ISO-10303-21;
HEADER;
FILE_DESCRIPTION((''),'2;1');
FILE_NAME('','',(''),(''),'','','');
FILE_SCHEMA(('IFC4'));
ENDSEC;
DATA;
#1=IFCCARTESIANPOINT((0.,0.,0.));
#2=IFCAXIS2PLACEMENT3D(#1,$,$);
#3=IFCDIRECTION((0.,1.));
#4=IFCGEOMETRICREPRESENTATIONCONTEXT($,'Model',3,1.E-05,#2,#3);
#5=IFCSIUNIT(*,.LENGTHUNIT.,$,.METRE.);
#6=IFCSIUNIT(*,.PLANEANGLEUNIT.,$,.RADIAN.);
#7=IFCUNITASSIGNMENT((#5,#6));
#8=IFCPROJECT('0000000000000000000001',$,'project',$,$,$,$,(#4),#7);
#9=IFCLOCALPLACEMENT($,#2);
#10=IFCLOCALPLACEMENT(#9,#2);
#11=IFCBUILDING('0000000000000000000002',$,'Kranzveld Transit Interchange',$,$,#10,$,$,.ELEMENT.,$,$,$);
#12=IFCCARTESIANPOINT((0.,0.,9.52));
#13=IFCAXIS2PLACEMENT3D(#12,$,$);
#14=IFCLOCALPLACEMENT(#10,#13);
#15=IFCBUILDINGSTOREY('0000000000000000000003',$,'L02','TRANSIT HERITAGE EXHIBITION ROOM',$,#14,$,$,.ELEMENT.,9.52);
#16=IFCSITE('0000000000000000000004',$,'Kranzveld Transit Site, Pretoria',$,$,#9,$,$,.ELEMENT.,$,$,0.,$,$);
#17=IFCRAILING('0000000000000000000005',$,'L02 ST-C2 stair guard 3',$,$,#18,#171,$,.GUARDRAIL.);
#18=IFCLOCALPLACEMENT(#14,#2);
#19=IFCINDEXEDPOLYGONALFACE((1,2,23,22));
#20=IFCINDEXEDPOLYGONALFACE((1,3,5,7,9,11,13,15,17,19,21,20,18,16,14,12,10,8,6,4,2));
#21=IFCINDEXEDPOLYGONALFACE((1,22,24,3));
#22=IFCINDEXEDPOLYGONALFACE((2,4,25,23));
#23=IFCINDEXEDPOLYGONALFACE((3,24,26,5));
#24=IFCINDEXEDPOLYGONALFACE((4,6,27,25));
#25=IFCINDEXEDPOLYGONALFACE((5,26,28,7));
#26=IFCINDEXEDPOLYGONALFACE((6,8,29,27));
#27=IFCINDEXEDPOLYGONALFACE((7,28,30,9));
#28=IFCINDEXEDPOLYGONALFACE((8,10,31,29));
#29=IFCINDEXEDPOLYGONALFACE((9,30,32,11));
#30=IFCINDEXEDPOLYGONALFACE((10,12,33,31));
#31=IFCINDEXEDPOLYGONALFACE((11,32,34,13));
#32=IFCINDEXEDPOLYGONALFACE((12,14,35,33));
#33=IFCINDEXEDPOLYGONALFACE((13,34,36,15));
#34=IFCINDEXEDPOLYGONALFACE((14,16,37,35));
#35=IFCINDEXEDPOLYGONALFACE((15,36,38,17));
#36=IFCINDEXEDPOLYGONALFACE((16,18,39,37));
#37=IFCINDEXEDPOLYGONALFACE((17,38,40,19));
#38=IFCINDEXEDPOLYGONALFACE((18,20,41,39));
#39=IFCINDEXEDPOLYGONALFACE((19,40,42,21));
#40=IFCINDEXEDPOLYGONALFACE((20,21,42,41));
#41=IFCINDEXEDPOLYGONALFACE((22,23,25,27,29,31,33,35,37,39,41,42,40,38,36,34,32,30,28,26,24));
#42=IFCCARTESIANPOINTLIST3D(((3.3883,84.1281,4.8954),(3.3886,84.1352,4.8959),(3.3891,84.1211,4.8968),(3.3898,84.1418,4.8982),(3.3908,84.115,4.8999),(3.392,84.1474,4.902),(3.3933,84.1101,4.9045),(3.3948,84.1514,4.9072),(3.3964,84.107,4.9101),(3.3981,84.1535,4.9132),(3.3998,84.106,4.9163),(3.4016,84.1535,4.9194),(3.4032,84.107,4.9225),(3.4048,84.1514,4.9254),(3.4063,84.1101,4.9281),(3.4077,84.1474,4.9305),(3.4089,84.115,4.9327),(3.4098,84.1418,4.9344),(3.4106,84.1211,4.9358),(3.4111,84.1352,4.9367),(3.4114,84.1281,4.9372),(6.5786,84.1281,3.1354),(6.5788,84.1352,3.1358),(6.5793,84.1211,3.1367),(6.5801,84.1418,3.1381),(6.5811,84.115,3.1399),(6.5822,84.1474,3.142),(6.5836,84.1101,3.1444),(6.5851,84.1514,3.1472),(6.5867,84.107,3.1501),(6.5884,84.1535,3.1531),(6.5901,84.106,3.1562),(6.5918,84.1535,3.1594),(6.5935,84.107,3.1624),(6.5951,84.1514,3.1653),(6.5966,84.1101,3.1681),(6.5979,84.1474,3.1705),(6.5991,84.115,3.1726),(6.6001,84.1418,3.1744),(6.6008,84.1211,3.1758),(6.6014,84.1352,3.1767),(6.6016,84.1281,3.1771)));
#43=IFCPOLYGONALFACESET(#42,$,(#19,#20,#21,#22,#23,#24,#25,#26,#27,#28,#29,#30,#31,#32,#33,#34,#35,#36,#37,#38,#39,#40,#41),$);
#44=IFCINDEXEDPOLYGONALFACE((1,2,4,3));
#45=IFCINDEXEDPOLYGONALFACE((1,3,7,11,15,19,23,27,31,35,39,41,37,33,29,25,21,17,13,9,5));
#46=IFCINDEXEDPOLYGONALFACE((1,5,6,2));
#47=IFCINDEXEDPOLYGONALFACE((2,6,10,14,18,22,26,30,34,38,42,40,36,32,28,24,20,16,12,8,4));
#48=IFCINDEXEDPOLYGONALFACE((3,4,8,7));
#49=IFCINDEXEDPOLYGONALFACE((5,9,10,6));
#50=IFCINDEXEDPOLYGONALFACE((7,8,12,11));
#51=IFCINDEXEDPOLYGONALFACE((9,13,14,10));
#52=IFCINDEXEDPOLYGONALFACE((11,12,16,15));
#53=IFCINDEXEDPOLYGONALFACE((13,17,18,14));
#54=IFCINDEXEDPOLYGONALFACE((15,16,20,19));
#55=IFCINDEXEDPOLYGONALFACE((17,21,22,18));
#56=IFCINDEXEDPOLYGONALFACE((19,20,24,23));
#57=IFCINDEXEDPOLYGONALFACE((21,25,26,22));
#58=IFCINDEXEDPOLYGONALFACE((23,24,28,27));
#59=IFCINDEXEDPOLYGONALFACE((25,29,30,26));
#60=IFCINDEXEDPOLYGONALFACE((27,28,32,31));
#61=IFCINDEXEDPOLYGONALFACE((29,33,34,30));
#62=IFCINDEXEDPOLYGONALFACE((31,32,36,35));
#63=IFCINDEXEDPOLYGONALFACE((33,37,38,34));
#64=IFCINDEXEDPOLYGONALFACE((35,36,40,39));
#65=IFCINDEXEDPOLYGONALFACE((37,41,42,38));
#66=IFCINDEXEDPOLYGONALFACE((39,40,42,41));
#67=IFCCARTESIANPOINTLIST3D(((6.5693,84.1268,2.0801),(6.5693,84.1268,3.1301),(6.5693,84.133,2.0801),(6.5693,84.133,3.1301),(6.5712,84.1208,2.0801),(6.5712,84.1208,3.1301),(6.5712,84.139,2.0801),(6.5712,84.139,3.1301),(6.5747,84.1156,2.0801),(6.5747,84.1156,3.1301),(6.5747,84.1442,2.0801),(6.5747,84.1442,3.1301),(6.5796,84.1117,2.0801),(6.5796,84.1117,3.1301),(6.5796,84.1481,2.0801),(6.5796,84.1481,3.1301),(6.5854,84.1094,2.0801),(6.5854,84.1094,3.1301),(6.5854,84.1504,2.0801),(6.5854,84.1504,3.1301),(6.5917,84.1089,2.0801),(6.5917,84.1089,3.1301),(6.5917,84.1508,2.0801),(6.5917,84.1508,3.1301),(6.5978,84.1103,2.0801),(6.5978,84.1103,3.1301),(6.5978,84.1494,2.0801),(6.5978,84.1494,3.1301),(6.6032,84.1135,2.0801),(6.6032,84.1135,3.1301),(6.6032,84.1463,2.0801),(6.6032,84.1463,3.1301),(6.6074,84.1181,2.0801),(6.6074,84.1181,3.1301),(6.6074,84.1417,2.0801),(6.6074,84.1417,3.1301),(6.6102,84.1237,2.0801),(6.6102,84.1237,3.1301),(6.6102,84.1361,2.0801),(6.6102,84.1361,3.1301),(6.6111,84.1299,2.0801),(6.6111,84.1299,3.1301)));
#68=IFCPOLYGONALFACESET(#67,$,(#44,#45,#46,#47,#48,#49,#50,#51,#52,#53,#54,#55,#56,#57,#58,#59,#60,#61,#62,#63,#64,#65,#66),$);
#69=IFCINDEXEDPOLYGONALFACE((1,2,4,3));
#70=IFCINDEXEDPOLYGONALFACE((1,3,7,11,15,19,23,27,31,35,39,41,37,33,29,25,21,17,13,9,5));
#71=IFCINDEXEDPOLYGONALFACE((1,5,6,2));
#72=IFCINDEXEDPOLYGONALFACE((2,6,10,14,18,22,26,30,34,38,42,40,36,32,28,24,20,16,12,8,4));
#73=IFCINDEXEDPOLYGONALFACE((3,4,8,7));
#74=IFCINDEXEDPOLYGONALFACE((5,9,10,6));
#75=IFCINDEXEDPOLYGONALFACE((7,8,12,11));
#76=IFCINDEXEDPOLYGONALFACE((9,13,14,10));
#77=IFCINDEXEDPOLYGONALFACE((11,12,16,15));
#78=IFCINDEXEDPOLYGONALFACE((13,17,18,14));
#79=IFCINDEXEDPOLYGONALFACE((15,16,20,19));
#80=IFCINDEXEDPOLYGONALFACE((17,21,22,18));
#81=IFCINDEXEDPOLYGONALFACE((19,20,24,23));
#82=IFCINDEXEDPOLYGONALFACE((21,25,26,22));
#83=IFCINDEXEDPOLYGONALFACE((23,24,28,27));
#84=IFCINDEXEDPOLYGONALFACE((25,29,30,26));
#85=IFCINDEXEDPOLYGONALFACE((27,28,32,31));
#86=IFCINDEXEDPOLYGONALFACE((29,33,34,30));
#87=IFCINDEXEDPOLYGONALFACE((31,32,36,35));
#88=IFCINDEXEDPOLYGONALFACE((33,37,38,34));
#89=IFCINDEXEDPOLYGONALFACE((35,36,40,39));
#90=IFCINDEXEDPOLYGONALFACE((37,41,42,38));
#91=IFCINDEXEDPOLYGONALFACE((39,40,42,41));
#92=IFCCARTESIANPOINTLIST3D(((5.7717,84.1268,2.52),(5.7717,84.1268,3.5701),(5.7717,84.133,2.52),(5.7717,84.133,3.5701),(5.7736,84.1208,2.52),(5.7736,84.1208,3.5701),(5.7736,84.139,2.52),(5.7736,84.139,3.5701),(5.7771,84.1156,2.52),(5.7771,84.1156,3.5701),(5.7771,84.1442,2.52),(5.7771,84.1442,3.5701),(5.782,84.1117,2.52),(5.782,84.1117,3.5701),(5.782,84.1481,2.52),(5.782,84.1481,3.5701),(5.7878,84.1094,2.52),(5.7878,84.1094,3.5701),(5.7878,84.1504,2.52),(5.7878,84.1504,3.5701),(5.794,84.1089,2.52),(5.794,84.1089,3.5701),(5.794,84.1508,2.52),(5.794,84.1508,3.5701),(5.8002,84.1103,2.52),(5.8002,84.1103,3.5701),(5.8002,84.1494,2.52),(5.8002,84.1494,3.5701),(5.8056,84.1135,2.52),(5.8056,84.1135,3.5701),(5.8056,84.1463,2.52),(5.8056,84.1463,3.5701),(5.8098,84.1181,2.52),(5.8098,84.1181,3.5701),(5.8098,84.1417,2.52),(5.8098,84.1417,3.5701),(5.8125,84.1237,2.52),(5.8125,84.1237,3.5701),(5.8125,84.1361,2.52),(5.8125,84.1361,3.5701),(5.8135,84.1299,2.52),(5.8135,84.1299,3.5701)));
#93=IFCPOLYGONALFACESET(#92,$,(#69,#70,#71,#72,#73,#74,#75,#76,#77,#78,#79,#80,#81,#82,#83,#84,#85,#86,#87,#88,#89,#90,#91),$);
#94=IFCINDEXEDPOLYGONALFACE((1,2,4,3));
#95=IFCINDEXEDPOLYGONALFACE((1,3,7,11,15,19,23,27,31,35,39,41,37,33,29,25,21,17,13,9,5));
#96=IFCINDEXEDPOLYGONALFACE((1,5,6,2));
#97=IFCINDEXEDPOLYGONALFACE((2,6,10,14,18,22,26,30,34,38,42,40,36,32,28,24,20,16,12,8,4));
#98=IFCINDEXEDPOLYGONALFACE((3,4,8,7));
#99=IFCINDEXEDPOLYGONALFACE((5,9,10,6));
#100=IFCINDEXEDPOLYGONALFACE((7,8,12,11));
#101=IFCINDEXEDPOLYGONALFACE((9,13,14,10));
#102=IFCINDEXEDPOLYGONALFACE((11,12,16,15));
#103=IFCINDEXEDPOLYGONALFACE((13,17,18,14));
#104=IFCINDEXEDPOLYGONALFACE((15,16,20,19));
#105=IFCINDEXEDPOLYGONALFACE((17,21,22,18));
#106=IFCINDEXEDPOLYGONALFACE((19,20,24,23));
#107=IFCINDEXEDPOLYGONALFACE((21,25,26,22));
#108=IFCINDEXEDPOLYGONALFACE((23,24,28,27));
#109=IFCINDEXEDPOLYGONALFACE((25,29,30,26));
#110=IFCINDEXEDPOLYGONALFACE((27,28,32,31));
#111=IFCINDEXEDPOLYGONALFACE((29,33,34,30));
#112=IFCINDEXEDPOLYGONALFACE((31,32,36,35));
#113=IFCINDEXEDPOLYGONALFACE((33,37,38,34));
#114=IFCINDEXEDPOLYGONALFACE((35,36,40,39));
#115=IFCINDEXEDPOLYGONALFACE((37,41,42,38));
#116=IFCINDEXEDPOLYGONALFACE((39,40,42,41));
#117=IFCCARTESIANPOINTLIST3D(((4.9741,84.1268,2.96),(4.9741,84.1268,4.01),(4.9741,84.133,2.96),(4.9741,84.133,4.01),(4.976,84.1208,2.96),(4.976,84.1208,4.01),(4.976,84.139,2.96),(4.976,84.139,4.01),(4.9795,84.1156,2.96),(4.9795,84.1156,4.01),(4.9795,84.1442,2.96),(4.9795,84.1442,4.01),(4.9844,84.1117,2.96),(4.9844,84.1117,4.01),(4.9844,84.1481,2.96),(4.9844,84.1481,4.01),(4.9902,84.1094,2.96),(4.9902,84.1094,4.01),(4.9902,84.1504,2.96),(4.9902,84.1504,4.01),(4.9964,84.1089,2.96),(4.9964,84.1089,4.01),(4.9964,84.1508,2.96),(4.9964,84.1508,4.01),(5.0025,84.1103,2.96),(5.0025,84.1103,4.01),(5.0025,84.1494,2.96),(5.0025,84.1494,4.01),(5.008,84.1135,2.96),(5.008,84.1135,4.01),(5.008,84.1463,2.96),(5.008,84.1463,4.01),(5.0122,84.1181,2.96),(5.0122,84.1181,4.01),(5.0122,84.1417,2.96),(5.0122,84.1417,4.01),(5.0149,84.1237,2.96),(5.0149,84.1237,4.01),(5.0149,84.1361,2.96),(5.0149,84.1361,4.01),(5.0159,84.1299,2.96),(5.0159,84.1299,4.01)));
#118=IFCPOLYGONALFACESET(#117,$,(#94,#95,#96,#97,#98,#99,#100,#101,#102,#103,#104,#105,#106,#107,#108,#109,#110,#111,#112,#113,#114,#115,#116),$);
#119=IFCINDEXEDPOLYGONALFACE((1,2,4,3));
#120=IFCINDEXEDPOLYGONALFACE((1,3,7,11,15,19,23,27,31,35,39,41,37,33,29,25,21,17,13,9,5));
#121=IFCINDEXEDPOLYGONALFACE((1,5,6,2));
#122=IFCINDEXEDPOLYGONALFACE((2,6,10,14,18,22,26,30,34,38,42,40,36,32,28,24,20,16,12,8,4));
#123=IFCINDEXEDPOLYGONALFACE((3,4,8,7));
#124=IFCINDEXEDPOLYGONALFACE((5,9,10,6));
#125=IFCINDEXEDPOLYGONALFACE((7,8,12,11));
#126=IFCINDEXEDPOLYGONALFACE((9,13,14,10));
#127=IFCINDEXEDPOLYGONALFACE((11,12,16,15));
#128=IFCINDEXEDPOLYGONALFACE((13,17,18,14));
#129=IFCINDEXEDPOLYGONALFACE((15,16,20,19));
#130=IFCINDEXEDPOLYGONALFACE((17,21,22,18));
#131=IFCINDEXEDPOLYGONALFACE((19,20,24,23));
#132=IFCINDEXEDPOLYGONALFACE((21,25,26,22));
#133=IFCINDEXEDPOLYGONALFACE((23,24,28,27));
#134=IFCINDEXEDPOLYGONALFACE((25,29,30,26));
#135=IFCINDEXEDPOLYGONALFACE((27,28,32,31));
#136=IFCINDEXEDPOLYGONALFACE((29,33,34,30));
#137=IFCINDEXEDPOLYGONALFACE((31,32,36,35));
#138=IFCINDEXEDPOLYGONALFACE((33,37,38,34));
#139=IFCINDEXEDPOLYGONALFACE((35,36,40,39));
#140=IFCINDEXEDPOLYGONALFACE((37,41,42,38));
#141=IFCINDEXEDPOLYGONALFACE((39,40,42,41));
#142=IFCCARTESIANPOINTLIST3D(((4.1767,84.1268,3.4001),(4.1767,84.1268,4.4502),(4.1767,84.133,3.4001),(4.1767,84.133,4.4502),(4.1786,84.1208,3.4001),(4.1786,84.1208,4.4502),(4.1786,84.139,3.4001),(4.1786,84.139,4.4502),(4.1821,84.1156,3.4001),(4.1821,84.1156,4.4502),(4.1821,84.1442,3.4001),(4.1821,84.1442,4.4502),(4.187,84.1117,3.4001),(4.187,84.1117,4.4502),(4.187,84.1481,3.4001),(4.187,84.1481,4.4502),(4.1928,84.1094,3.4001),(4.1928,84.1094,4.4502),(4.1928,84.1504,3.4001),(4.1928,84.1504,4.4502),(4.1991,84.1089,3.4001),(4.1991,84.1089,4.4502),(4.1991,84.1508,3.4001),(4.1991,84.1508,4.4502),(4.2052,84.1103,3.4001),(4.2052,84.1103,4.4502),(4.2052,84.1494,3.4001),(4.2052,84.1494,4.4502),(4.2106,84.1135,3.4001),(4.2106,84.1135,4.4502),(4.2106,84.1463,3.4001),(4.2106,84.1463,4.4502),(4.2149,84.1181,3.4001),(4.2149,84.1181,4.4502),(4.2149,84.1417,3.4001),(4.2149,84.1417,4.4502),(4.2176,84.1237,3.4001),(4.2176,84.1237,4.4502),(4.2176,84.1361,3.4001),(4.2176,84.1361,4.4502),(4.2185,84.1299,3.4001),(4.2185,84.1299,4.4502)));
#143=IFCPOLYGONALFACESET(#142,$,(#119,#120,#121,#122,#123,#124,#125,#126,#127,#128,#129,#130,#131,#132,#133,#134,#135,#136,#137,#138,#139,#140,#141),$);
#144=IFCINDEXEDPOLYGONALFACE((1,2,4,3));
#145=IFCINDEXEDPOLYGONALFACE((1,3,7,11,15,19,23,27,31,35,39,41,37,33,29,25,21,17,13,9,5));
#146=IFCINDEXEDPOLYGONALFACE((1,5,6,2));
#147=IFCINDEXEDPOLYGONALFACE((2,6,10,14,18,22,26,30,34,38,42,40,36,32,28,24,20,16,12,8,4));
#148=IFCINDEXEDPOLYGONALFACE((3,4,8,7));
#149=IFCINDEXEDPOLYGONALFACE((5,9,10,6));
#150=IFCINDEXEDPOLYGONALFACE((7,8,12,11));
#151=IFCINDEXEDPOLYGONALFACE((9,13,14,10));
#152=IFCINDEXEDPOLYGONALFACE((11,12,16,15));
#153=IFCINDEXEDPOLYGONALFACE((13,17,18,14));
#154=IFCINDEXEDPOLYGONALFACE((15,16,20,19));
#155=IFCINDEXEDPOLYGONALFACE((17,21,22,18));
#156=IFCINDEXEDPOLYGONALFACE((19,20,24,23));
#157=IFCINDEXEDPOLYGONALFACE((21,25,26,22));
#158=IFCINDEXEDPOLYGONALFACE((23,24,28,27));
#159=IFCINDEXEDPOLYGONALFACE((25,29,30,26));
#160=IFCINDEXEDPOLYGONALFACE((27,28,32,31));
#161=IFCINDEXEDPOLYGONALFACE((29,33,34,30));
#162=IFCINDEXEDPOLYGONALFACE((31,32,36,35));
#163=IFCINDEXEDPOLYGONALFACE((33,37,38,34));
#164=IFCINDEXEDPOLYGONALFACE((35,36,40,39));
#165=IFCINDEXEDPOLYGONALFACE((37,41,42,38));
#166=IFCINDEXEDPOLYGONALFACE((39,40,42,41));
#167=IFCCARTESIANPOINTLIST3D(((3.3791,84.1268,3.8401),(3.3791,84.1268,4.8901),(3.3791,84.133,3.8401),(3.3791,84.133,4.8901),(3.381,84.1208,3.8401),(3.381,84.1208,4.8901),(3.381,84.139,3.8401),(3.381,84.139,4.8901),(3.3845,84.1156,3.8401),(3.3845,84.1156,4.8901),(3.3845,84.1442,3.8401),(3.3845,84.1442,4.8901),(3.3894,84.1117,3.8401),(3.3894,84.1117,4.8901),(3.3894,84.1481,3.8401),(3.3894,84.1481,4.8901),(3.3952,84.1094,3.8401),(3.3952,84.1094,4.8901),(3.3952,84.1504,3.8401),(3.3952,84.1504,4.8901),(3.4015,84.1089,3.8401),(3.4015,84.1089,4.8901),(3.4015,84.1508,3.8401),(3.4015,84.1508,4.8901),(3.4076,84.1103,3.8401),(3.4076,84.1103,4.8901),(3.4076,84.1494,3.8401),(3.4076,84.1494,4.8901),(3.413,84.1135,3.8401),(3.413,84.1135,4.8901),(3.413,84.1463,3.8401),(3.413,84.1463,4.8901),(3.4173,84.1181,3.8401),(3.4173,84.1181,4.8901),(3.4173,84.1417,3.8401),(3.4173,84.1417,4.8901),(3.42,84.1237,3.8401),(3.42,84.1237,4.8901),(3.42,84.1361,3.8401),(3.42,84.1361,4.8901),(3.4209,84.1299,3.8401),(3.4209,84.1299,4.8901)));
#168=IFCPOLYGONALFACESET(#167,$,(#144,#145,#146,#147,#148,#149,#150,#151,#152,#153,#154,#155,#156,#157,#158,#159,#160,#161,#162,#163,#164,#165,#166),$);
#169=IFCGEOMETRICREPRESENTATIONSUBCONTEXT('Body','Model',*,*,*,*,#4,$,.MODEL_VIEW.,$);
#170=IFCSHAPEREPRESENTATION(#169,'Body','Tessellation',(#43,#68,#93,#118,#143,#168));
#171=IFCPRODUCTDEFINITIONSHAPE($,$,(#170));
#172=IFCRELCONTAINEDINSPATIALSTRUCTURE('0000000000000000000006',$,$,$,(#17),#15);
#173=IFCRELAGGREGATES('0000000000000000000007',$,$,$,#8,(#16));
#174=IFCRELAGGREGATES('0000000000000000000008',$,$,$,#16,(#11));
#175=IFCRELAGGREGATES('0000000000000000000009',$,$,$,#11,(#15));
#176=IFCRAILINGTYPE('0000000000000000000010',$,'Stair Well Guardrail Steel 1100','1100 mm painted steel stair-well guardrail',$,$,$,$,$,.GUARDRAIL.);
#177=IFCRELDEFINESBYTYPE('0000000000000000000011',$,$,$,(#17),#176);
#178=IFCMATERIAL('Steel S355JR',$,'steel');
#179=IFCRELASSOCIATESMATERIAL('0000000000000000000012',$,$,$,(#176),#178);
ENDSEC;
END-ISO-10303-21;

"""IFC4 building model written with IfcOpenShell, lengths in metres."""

from ifc_helpers import new_model, si_unit, direction, frame, origin, origin_2d, place, context, subcontext, project, spatial, circle, extrude, material, type_object, element, save


model = new_model("IFC4")

# Units and contexts
model_context = context("Model", 3, precision=1e-05, world=origin(), true_north=direction((0.0, 1.0)))
body_context = subcontext(model_context, "Body", "Model", "MODEL_VIEW")
ifc_project = project(units=[si_unit("LENGTHUNIT", "METRE"), si_unit("PLANEANGLEUNIT", "RADIAN")], contexts=[model_context])

# Site, building, storey
site_placement = place(None, origin())
site = spatial("IfcSite", under=ifc_project, at=site_placement, Name="Kranzveld Transit Site, Pretoria", CompositionType="ELEMENT", RefElevation=0.0)
building_placement = place(site_placement, origin())
building = spatial("IfcBuilding", under=site, at=building_placement, Name="Kranzveld Transit Interchange", CompositionType="ELEMENT")
storey_placement = place(building_placement, frame((0.0, 0.0, 9.52)))
storey = spatial("IfcBuildingStorey", under=building, at=storey_placement, Name="L02", Description="TRANSIT HERITAGE EXHIBITION ROOM", CompositionType="ELEMENT", Elevation=9.52)

# Railing
ifc_material_1 = material(Name="Steel S355JR", Category="steel")
railing_type_1 = type_object("IfcRailingType", Name="Stair Well Guardrail Steel 1100", Description="1100 mm painted steel stair-well guardrail", PredefinedType="GUARDRAIL", material=ifc_material_1)
railing_1_placement = place(storey_placement, frame((6.5901, 84.1299, 2.0801)))
element("IfcRailing", 1, at=railing_1_placement, inside=storey, type_object=railing_type_1, Name="L02 ST-C2 stair guard 3", PredefinedType="GUARDRAIL", context=body_context, shape_type="SweptSolid", body=[
    extrude(circle(Radius=0.0239, at=origin_2d()), frame((0.0, 0.0, 1.0762), z_axis=(-0.875588, 0.0, 0.483058), x_axis=(0.0, -1.0, 0.0)), (0.0, 0.0, 1.0), 3.6436),
    extrude(circle(Radius=0.021, at=origin_2d()), origin(), (0.0, 0.0, 1.0), 1.05),
    extrude(circle(Radius=0.021, at=origin_2d()), frame((-0.7976, 0.0, 0.4399)), (0.0, 0.0, 1.0), 1.05),
    extrude(circle(Radius=0.021, at=origin_2d()), frame((-1.5952, 0.0, 0.8799)), (0.0, 0.0, 1.0), 1.05),
    extrude(circle(Radius=0.021, at=origin_2d()), frame((-2.3926, 0.0, 1.3201)), (0.0, 0.0, 1.0), 1.05),
    extrude(circle(Radius=0.021, at=origin_2d()), frame((-3.1902, 0.0, 1.76)), (0.0, 0.0, 1.0), 1.05),
])

save(model, "model.ifc")
